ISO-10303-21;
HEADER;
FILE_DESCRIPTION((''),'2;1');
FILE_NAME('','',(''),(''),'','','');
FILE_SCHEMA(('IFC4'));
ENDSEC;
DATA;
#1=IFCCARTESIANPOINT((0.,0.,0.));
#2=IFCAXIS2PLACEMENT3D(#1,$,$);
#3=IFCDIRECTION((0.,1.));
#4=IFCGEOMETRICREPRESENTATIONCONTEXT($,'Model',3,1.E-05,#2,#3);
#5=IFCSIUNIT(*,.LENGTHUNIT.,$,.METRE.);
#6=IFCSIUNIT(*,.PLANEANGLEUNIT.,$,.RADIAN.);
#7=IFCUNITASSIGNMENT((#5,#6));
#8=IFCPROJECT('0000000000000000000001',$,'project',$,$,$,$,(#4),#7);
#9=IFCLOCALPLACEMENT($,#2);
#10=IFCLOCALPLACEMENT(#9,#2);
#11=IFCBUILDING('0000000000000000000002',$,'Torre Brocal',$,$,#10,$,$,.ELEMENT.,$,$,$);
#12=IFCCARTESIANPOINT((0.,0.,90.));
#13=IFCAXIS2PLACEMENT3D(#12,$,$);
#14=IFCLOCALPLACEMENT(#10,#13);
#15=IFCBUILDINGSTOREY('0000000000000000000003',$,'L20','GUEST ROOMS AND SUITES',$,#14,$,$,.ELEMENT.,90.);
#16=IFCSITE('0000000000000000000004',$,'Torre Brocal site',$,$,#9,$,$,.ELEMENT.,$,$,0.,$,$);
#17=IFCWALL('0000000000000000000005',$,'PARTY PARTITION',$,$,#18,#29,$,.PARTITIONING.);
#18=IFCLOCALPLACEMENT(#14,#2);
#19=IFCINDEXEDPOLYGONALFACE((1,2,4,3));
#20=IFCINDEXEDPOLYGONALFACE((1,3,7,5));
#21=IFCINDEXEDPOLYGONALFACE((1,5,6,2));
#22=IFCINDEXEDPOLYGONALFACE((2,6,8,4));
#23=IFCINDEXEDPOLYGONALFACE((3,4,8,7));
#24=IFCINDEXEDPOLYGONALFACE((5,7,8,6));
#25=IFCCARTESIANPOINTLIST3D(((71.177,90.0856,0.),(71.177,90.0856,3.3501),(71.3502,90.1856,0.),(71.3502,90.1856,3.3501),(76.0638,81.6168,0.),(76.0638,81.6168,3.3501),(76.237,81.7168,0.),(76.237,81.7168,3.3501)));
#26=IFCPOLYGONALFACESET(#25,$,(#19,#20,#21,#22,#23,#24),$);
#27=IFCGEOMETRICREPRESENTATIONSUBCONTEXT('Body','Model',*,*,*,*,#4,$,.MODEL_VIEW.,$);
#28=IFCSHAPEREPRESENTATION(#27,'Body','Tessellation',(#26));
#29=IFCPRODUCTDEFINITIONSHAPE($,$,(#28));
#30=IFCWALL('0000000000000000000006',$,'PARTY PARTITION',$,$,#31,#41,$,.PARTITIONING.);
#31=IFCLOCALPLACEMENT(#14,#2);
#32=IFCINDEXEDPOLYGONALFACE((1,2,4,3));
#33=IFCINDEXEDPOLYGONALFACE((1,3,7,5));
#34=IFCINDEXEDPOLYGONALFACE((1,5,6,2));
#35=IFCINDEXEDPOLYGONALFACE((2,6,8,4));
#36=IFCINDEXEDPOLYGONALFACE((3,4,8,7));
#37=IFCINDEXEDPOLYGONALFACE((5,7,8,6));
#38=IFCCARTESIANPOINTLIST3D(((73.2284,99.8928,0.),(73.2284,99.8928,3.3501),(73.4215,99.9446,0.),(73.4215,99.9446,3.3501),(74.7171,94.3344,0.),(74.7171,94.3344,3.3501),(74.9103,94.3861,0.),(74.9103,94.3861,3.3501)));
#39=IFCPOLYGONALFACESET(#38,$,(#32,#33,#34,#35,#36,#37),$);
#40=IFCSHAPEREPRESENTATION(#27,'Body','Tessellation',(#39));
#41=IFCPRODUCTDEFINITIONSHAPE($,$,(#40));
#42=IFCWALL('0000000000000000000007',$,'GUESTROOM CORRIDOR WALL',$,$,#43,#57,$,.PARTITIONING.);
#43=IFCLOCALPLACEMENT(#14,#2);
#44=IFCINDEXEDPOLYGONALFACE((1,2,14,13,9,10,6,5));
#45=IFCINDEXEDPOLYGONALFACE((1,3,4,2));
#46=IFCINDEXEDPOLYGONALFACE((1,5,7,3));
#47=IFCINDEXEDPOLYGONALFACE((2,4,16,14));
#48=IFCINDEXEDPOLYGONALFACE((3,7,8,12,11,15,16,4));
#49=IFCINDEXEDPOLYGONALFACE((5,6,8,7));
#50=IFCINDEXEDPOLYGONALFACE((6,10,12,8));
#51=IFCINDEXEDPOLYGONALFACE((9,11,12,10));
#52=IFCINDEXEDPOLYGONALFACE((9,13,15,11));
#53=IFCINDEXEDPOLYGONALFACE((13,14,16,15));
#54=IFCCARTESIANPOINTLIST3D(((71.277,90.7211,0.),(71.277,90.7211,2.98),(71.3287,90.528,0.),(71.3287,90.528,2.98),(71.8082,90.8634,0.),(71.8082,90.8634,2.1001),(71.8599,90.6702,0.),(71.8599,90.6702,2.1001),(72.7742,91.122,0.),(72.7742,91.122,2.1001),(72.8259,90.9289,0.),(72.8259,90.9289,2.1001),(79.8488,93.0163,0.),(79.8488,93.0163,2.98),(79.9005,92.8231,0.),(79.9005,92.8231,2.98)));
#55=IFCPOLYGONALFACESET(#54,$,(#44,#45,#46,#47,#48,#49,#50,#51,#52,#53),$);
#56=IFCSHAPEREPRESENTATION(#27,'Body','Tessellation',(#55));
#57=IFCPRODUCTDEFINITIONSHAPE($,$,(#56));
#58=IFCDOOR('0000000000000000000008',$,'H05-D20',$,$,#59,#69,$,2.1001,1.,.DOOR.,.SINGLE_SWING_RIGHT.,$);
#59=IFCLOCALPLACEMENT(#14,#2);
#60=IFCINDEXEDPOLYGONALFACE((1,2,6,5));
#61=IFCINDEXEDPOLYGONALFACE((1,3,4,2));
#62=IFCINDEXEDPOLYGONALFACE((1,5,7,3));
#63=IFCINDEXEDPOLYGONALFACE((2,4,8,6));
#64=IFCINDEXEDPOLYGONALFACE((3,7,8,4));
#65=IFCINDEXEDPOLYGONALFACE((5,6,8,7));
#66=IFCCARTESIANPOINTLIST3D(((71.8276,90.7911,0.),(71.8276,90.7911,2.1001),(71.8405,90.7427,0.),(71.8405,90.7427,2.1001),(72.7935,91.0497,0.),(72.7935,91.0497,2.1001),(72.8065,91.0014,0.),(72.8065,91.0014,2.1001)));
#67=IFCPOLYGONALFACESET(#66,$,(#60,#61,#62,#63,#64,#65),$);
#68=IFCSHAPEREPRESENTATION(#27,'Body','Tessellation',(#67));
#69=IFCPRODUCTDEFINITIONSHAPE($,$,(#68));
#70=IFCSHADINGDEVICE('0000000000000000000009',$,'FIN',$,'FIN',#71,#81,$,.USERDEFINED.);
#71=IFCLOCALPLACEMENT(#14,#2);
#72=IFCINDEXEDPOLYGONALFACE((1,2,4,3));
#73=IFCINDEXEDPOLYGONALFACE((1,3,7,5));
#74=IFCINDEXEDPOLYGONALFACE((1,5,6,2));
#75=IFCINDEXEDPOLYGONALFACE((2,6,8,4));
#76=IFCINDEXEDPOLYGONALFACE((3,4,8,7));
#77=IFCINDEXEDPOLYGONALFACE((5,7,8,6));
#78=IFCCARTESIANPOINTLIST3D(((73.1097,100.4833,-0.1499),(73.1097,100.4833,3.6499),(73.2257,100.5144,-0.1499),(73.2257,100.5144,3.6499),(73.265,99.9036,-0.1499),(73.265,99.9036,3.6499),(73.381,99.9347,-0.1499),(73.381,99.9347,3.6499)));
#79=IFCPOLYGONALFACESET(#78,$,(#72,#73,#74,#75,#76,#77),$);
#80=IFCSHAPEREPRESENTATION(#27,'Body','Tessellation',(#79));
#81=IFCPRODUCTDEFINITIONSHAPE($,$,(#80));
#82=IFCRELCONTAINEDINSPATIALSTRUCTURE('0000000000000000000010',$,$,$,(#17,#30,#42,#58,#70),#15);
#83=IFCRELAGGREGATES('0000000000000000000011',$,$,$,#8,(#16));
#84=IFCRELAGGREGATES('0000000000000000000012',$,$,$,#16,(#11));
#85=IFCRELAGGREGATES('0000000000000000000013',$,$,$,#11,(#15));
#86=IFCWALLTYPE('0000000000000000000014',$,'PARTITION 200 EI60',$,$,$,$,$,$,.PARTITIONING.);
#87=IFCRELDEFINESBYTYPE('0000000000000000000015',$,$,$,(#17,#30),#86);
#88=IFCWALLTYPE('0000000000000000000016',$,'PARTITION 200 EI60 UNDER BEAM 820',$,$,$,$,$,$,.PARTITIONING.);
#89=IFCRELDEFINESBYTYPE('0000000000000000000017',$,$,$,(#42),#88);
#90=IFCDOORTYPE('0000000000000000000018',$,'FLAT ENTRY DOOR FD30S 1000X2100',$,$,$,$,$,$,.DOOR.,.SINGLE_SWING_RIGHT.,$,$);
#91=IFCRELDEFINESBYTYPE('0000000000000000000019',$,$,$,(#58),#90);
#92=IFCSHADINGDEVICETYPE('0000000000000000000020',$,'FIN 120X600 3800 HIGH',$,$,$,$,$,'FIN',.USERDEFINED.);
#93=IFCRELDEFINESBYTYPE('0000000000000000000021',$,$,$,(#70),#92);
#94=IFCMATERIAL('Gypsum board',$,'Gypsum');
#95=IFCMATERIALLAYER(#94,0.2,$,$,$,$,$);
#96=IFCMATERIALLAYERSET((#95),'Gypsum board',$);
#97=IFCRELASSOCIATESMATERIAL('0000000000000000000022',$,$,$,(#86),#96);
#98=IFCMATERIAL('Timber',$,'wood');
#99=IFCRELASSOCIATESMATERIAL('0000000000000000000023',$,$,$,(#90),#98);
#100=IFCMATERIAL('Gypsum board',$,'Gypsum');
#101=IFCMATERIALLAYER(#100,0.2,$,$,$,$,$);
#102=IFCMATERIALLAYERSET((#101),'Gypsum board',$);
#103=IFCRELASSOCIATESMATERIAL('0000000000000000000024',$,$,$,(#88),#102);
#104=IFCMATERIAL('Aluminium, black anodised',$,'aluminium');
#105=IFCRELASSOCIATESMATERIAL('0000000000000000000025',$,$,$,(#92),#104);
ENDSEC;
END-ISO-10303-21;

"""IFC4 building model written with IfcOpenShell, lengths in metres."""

from ifc_helpers import new_model, si_unit, direction, frame, frame_2d, origin, origin_2d, place, context, subcontext, project, spatial, rectangle, extrude, material, layer, layer_set, material_profile, profile_set, type_object, element, fill, save


model = new_model("IFC4")

# Units and contexts
model_context = context("Model", 3, precision=1e-05, world=origin(), true_north=direction((0.0, 1.0)))
body_context = subcontext(model_context, "Body", "Model", "MODEL_VIEW")
ifc_project = project(units=[si_unit("LENGTHUNIT", "METRE"), si_unit("PLANEANGLEUNIT", "RADIAN")], contexts=[model_context])

# Site, building, storey
site_placement = place(None, origin())
site = spatial("IfcSite", under=ifc_project, at=site_placement, Name="Torre Brocal site", CompositionType="ELEMENT", RefElevation=0.0)
building_placement = place(site_placement, origin())
building = spatial("IfcBuilding", under=site, at=building_placement, Name="Torre Brocal", CompositionType="ELEMENT")
storey_placement = place(building_placement, frame((0.0, 0.0, 90.0)))
storey = spatial("IfcBuildingStorey", under=building, at=storey_placement, Name="L20", Description="GUEST ROOMS AND SUITES", CompositionType="ELEMENT", Elevation=90.0)

# Shared definitions
ifc_material_1 = material(Name="Gypsum board", Category="Gypsum")
ifc_layer_1 = layer(ifc_material_1, 0.2)
ifc_layer_set_1 = layer_set([ifc_layer_1], Name="Gypsum board")
wall_type_1 = type_object("IfcWallType", Name="PARTITION 200 EI60", PredefinedType="PARTITIONING", material=ifc_layer_set_1)
ifc_material_2 = material(Name="Timber", Category="wood")
door_type_1 = type_object("IfcDoorType", Name="FLAT ENTRY DOOR FD30S 1000X2100", OperationType="SINGLE_SWING_RIGHT", PredefinedType="DOOR", material=ifc_material_2)

# Walls
wall_1_placement = place(storey_placement, frame((71.2637, 90.1355, 0.0), z_axis=(0.0, 0.0, 1.0), x_axis=(0.499792, -0.866146, 0.0)))
element("IfcWall", 1, at=wall_1_placement, inside=storey, type_object=wall_type_1, Name="PARTY PARTITION", PredefinedType="PARTITIONING", context=body_context, shape_type="SweptSolid", body=[
    extrude(rectangle(XDim=9.7776, YDim=0.2, at=frame_2d((4.8887, 0.0))), origin(), (0.0, 0.0, 1.0), 3.3501),
])
wall_2_placement = place(storey_placement, frame((73.325, 99.9187, 0.0), z_axis=(0.0, 0.0, 1.0), x_axis=(0.258713, -0.965954, 0.0)))
element("IfcWall", 2, at=wall_2_placement, inside=storey, type_object=wall_type_1, Name="PARTY PARTITION", PredefinedType="PARTITIONING", context=body_context, shape_type="SweptSolid", body=[
    extrude(rectangle(XDim=5.7544, YDim=0.2, at=frame_2d((2.8772, 0.0))), origin(), (0.0, 0.0, 1.0), 3.3501),
])

# Wall, opening, door
ifc_material_3 = material(Name="Gypsum board", Category="Gypsum")
ifc_layer_2 = layer(ifc_material_3, 0.2)
ifc_layer_set_2 = layer_set([ifc_layer_2], Name="Gypsum board")
wall_type_2 = type_object("IfcWallType", Name="PARTITION 200 EI60 UNDER BEAM 820", PredefinedType="PARTITIONING", material=ifc_layer_set_2)
wall_3_placement = place(storey_placement, frame((71.3027, 90.6245, 0.0), z_axis=(0.0, 0.0, 1.0), x_axis=(0.965972, 0.258647, 0.0)))
wall_3 = element("IfcWall", 3, at=wall_3_placement, inside=storey, type_object=wall_type_2, Name="GUESTROOM CORRIDOR WALL", PredefinedType="PARTITIONING", context=body_context, shape_type="SweptSolid", body=[
    extrude(rectangle(XDim=8.8738, YDim=0.2, at=frame_2d((4.437, 0.0))), origin(), (0.0, 0.0, 1.0), 2.98),
])
opening_1_placement = place(wall_3_placement, frame((0.55, 0.0, 0.0)))
opening_1 = element("IfcOpeningElement", 4, at=opening_1_placement, cuts=wall_3, PredefinedType="OPENING", context=body_context, shape_type="SweptSolid", body=[
    extrude(rectangle(XDim=1.0, YDim=2.1001, at=frame_2d((0.5, 1.05))), frame((0.0, 0.1099, 0.0), z_axis=(0.0, -1.0, 0.0), x_axis=(1.0, 0.0, 0.0)), (0.0, 0.0, 1.0), 0.22),
])
door_1_placement = place(opening_1_placement, frame((1.0, 0.0, 0.0), z_axis=(0.0, 0.0, 1.0), x_axis=(-1.0, 0.0, 0.0)))
door_1 = element("IfcDoor", 5, at=door_1_placement, inside=storey, type_object=door_type_1, Name="H05-D20", OperationType="SINGLE_SWING_RIGHT", OverallHeight=2.1001, OverallWidth=1.0, PredefinedType="DOOR", context=body_context, shape_type="SweptSolid", body=[
    extrude(rectangle(XDim=1.0, YDim=2.1001, at=frame_2d((0.5, 1.05))), frame((0.0, 0.0249, 0.0), z_axis=(0.0, -1.0, 0.0), x_axis=(1.0, 0.0, 0.0)), (0.0, 0.0, 1.0), 0.05),
])
fill(opening_1, door_1)

# Shading device
ifc_material_4 = material(Name="Aluminium, black anodised", Category="aluminium")
ifc_material_profile_1 = material_profile(ifc_material_4, rectangle(XDim=0.1201, YDim=0.6001, at=origin_2d()), Name="FIN 120X600 3800 HIGH")
ifc_profile_set_1 = profile_set([ifc_material_profile_1], Name="Aluminium, black anodised")
shading_device_type = type_object("IfcShadingDeviceType", Name="FIN 120X600 3800 HIGH", ElementType="FIN", PredefinedType="USERDEFINED", material=ifc_profile_set_1)
shading_device_placement = place(storey_placement, frame((73.2454, 100.209, -0.1499), z_axis=(0.0, 0.0, 1.0), x_axis=(-0.965926, -0.258819, 0.0)))
element("IfcShadingDevice", 6, at=shading_device_placement, inside=storey, type_object=shading_device_type, Name="FIN", ObjectType="FIN", PredefinedType="USERDEFINED", context=body_context, shape_type="SweptSolid", body=[
    extrude(rectangle(XDim=0.1201, YDim=0.6001, at=origin_2d()), origin(), (0.0, 0.0, 1.0), 3.7998),
])

save(model, "model.ifc")
